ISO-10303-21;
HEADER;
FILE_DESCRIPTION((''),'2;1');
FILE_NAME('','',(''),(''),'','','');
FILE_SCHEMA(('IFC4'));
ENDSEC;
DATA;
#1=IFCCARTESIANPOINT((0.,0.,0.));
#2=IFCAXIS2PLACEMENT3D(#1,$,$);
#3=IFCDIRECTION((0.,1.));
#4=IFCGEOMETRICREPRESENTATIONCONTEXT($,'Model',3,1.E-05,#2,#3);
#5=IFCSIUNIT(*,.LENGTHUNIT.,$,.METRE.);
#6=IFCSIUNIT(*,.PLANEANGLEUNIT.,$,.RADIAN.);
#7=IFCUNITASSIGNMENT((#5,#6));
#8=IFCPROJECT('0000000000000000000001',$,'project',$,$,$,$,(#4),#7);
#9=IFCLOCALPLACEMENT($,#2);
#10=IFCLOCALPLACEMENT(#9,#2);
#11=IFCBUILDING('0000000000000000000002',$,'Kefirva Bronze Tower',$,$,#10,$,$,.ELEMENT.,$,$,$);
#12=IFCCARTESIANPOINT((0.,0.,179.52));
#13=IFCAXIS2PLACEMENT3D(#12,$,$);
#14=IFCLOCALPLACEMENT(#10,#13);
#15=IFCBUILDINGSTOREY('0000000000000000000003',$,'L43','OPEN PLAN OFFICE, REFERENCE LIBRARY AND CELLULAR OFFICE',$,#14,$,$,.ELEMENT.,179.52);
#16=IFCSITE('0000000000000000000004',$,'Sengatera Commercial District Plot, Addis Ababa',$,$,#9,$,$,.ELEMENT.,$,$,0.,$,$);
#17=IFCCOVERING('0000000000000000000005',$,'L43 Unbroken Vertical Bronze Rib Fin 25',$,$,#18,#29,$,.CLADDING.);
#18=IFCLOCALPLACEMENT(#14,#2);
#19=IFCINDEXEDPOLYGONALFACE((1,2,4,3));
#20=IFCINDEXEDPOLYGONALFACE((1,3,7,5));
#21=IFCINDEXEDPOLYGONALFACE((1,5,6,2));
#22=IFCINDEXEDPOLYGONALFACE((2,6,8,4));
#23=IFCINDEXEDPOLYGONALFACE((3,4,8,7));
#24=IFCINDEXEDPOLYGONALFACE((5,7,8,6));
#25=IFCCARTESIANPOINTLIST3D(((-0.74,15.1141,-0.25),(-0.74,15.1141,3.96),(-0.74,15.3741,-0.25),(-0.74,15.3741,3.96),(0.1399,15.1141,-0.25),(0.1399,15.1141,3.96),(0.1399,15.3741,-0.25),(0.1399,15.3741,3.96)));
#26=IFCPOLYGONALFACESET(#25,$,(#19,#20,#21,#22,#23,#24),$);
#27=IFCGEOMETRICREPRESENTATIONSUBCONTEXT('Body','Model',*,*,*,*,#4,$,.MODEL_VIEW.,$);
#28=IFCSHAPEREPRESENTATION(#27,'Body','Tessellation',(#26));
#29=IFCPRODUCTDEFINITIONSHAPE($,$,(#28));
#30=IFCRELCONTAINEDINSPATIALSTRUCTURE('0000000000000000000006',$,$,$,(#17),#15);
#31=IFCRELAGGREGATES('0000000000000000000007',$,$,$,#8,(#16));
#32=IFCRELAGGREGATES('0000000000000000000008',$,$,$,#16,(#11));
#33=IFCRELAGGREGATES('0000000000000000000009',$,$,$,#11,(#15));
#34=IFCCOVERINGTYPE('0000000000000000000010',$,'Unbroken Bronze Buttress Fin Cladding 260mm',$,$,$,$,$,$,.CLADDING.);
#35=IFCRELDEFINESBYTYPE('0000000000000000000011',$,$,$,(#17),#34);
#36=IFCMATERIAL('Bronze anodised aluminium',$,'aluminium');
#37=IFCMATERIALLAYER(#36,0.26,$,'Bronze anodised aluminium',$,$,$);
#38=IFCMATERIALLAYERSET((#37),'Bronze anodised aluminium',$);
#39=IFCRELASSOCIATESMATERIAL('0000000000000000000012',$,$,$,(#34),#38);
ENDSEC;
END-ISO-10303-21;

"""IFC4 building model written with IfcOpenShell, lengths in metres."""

from ifc_helpers import new_model, si_unit, direction, frame, origin, origin_2d, place, context, subcontext, project, spatial, rectangle, extrude, material, layer, layer_set, type_object, element, save


model = new_model("IFC4")

# Units and contexts
model_context = context("Model", 3, precision=1e-05, world=origin(), true_north=direction((0.0, 1.0)))
body_context = subcontext(model_context, "Body", "Model", "MODEL_VIEW")
ifc_project = project(units=[si_unit("LENGTHUNIT", "METRE"), si_unit("PLANEANGLEUNIT", "RADIAN")], contexts=[model_context])

# Site, building, storey
site_placement = place(None, origin())
site = spatial("IfcSite", under=ifc_project, at=site_placement, Name="Sengatera Commercial District Plot, Addis Ababa", CompositionType="ELEMENT", RefElevation=0.0)
building_placement = place(site_placement, origin())
building = spatial("IfcBuilding", under=site, at=building_placement, Name="Kefirva Bronze Tower", CompositionType="ELEMENT")
storey_placement = place(building_placement, frame((0.0, 0.0, 179.52)))
storey = spatial("IfcBuildingStorey", under=building, at=storey_placement, Name="L43", Description="OPEN PLAN OFFICE, REFERENCE LIBRARY AND CELLULAR OFFICE", CompositionType="ELEMENT", Elevation=179.52)

# Shared definitions
ifc_material_1 = material(Name="Bronze anodised aluminium", Category="aluminium")

# Covering
ifc_layer_1 = layer(ifc_material_1, 0.26, Name="Bronze anodised aluminium")
ifc_layer_set_1 = layer_set([ifc_layer_1], Name="Bronze anodised aluminium")
covering_type_1 = type_object("IfcCoveringType", Name="Unbroken Bronze Buttress Fin Cladding 260mm", PredefinedType="CLADDING", material=ifc_layer_set_1)
for number, where, z_axis, x_axis, name in (
    (1, (-0.3, 15.2441, -0.25), (0.0, 0.0, 1.0), (0.0, -1.0, 0.0), "L43 Unbroken Vertical Bronze Rib Fin 25"),
):
    element("IfcCovering", number, at=place(storey_placement, frame(where, z_axis=z_axis, x_axis=x_axis)), inside=storey, type_object=covering_type_1, Name=name, PredefinedType="CLADDING", context=body_context, shape_type="SweptSolid", body=[
        extrude(rectangle(XDim=0.26, YDim=0.8799, at=origin_2d()), origin(), (0.0, 0.0, 1.0), 4.21),
    ])

save(model, "model.ifc")
